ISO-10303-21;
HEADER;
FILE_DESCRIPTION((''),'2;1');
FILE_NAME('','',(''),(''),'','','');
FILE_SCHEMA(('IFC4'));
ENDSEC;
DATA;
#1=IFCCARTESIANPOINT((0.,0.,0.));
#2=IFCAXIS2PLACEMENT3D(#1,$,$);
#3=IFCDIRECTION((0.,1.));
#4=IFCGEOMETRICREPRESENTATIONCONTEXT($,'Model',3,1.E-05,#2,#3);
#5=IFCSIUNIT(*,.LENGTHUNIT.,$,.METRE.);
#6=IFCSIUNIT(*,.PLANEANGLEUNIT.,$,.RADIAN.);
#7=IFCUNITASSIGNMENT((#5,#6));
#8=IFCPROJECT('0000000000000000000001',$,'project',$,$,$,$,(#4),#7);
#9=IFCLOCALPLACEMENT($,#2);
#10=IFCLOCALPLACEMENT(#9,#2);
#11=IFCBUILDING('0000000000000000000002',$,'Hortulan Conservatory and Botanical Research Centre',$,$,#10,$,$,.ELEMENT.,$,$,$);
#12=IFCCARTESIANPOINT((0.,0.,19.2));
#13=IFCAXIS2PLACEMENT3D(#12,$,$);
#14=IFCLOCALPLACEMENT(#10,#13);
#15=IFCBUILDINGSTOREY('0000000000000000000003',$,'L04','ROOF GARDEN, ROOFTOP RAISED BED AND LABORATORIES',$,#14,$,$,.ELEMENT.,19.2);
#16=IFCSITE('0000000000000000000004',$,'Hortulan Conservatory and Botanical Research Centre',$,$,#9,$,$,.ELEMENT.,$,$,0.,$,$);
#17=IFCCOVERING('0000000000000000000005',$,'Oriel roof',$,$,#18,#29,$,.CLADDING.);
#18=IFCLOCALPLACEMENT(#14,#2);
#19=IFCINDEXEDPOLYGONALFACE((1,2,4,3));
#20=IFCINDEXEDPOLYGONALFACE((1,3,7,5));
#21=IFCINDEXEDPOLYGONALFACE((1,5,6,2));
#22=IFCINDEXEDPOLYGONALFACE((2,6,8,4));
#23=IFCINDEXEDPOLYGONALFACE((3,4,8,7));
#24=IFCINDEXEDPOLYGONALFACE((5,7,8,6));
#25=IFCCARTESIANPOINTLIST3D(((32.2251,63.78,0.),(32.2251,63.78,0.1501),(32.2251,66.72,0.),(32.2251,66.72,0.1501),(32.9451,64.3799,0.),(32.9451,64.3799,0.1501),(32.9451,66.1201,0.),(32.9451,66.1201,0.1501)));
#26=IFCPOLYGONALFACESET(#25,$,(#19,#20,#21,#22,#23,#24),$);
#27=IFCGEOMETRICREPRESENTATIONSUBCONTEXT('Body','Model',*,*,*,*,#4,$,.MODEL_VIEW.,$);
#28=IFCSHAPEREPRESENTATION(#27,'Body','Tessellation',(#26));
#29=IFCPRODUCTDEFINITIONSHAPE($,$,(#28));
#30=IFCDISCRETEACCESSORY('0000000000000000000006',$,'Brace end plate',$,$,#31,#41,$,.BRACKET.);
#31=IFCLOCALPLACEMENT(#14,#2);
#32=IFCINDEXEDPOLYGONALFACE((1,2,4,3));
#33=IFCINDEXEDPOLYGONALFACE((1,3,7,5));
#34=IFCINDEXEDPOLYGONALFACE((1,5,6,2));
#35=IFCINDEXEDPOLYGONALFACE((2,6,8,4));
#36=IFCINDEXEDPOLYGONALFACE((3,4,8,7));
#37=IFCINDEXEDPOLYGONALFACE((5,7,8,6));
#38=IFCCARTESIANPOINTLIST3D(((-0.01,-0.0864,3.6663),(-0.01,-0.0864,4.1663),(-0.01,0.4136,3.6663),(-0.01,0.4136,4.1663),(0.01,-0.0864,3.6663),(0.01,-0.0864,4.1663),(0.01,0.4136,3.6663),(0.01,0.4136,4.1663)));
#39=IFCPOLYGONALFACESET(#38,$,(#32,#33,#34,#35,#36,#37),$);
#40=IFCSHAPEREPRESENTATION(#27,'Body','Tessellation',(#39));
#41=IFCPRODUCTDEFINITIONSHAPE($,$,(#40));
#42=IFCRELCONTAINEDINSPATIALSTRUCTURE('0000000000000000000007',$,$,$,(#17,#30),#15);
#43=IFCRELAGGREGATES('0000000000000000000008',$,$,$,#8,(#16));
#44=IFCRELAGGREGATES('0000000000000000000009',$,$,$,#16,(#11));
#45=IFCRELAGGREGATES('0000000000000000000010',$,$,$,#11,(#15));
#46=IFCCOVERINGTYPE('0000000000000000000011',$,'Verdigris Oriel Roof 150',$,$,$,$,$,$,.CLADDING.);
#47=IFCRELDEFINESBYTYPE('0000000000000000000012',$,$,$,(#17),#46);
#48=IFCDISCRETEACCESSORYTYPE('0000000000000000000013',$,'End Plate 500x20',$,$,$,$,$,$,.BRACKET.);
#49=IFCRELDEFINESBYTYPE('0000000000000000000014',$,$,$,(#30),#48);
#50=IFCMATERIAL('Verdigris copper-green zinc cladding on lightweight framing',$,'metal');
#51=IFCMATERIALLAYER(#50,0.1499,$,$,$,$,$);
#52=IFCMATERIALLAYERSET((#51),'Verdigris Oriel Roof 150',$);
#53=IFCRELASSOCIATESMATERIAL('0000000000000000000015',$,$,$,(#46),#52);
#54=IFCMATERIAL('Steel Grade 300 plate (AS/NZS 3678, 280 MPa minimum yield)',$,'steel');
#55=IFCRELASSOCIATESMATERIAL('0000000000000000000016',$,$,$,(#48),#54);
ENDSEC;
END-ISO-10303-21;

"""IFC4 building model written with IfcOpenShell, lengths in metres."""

from ifc_helpers import new_model, si_unit, direction, frame, origin, origin_2d, place, context, subcontext, project, spatial, polyline, rectangle, outline, extrude, material, layer, layer_set, type_object, element, save


model = new_model("IFC4")

# Units and contexts
model_context = context("Model", 3, precision=1e-05, world=origin(), true_north=direction((0.0, 1.0)))
body_context = subcontext(model_context, "Body", "Model", "MODEL_VIEW")
ifc_project = project(units=[si_unit("LENGTHUNIT", "METRE"), si_unit("PLANEANGLEUNIT", "RADIAN")], contexts=[model_context])

# Site, building, storey
site_placement = place(None, origin())
site = spatial("IfcSite", under=ifc_project, at=site_placement, Name="Hortulan Conservatory and Botanical Research Centre", CompositionType="ELEMENT", RefElevation=0.0)
building_placement = place(site_placement, origin())
building = spatial("IfcBuilding", under=site, at=building_placement, Name="Hortulan Conservatory and Botanical Research Centre", CompositionType="ELEMENT")
storey_placement = place(building_placement, frame((0.0, 0.0, 19.2)))
storey = spatial("IfcBuildingStorey", under=building, at=storey_placement, Name="L04", Description="ROOF GARDEN, ROOFTOP RAISED BED AND LABORATORIES", CompositionType="ELEMENT", Elevation=19.2)

# Covering
ifc_material_1 = material(Name="Verdigris copper-green zinc cladding on lightweight framing", Category="metal")
ifc_layer_1 = layer(ifc_material_1, 0.1499)
ifc_layer_set_1 = layer_set([ifc_layer_1], Name="Verdigris Oriel Roof 150")
covering_type_1 = type_object("IfcCoveringType", Name="Verdigris Oriel Roof 150", PredefinedType="CLADDING", material=ifc_layer_set_1)
covering_1_placement = place(storey_placement, origin())
element("IfcCovering", 1, at=covering_1_placement, inside=storey, type_object=covering_type_1, Name="Oriel roof", PredefinedType="CLADDING", context=body_context, shape_type="SweptSolid", body=[
    extrude(outline(polyline([(32.2251, 66.72), (32.9451, 66.1201), (32.9451, 64.3799), (32.2251, 63.78), (32.2251, 66.72)])), origin(), (0.0, 0.0, 1.0), 0.1501),
])

# Discrete accessory
ifc_material_2 = material(Name="Steel Grade 300 plate (AS/NZS 3678, 280 MPa minimum yield)", Category="steel")
discrete_accessory_type = type_object("IfcDiscreteAccessoryType", Name="End Plate 500x20", PredefinedType="BRACKET", material=ifc_material_2)
discrete_accessory_placement = place(storey_placement, frame((0.0, 0.1636, 3.6663), z_axis=(0.0, 0.0, 1.0), x_axis=(0.0, -1.0, 0.0)))
element("IfcDiscreteAccessory", 2, at=discrete_accessory_placement, inside=storey, type_object=discrete_accessory_type, Name="Brace end plate", PredefinedType="BRACKET", context=body_context, shape_type="SweptSolid", body=[
    extrude(rectangle(XDim=0.5, YDim=0.02, at=origin_2d()), origin(), (0.0, 0.0, 1.0), 0.5),
])

save(model, "model.ifc")
